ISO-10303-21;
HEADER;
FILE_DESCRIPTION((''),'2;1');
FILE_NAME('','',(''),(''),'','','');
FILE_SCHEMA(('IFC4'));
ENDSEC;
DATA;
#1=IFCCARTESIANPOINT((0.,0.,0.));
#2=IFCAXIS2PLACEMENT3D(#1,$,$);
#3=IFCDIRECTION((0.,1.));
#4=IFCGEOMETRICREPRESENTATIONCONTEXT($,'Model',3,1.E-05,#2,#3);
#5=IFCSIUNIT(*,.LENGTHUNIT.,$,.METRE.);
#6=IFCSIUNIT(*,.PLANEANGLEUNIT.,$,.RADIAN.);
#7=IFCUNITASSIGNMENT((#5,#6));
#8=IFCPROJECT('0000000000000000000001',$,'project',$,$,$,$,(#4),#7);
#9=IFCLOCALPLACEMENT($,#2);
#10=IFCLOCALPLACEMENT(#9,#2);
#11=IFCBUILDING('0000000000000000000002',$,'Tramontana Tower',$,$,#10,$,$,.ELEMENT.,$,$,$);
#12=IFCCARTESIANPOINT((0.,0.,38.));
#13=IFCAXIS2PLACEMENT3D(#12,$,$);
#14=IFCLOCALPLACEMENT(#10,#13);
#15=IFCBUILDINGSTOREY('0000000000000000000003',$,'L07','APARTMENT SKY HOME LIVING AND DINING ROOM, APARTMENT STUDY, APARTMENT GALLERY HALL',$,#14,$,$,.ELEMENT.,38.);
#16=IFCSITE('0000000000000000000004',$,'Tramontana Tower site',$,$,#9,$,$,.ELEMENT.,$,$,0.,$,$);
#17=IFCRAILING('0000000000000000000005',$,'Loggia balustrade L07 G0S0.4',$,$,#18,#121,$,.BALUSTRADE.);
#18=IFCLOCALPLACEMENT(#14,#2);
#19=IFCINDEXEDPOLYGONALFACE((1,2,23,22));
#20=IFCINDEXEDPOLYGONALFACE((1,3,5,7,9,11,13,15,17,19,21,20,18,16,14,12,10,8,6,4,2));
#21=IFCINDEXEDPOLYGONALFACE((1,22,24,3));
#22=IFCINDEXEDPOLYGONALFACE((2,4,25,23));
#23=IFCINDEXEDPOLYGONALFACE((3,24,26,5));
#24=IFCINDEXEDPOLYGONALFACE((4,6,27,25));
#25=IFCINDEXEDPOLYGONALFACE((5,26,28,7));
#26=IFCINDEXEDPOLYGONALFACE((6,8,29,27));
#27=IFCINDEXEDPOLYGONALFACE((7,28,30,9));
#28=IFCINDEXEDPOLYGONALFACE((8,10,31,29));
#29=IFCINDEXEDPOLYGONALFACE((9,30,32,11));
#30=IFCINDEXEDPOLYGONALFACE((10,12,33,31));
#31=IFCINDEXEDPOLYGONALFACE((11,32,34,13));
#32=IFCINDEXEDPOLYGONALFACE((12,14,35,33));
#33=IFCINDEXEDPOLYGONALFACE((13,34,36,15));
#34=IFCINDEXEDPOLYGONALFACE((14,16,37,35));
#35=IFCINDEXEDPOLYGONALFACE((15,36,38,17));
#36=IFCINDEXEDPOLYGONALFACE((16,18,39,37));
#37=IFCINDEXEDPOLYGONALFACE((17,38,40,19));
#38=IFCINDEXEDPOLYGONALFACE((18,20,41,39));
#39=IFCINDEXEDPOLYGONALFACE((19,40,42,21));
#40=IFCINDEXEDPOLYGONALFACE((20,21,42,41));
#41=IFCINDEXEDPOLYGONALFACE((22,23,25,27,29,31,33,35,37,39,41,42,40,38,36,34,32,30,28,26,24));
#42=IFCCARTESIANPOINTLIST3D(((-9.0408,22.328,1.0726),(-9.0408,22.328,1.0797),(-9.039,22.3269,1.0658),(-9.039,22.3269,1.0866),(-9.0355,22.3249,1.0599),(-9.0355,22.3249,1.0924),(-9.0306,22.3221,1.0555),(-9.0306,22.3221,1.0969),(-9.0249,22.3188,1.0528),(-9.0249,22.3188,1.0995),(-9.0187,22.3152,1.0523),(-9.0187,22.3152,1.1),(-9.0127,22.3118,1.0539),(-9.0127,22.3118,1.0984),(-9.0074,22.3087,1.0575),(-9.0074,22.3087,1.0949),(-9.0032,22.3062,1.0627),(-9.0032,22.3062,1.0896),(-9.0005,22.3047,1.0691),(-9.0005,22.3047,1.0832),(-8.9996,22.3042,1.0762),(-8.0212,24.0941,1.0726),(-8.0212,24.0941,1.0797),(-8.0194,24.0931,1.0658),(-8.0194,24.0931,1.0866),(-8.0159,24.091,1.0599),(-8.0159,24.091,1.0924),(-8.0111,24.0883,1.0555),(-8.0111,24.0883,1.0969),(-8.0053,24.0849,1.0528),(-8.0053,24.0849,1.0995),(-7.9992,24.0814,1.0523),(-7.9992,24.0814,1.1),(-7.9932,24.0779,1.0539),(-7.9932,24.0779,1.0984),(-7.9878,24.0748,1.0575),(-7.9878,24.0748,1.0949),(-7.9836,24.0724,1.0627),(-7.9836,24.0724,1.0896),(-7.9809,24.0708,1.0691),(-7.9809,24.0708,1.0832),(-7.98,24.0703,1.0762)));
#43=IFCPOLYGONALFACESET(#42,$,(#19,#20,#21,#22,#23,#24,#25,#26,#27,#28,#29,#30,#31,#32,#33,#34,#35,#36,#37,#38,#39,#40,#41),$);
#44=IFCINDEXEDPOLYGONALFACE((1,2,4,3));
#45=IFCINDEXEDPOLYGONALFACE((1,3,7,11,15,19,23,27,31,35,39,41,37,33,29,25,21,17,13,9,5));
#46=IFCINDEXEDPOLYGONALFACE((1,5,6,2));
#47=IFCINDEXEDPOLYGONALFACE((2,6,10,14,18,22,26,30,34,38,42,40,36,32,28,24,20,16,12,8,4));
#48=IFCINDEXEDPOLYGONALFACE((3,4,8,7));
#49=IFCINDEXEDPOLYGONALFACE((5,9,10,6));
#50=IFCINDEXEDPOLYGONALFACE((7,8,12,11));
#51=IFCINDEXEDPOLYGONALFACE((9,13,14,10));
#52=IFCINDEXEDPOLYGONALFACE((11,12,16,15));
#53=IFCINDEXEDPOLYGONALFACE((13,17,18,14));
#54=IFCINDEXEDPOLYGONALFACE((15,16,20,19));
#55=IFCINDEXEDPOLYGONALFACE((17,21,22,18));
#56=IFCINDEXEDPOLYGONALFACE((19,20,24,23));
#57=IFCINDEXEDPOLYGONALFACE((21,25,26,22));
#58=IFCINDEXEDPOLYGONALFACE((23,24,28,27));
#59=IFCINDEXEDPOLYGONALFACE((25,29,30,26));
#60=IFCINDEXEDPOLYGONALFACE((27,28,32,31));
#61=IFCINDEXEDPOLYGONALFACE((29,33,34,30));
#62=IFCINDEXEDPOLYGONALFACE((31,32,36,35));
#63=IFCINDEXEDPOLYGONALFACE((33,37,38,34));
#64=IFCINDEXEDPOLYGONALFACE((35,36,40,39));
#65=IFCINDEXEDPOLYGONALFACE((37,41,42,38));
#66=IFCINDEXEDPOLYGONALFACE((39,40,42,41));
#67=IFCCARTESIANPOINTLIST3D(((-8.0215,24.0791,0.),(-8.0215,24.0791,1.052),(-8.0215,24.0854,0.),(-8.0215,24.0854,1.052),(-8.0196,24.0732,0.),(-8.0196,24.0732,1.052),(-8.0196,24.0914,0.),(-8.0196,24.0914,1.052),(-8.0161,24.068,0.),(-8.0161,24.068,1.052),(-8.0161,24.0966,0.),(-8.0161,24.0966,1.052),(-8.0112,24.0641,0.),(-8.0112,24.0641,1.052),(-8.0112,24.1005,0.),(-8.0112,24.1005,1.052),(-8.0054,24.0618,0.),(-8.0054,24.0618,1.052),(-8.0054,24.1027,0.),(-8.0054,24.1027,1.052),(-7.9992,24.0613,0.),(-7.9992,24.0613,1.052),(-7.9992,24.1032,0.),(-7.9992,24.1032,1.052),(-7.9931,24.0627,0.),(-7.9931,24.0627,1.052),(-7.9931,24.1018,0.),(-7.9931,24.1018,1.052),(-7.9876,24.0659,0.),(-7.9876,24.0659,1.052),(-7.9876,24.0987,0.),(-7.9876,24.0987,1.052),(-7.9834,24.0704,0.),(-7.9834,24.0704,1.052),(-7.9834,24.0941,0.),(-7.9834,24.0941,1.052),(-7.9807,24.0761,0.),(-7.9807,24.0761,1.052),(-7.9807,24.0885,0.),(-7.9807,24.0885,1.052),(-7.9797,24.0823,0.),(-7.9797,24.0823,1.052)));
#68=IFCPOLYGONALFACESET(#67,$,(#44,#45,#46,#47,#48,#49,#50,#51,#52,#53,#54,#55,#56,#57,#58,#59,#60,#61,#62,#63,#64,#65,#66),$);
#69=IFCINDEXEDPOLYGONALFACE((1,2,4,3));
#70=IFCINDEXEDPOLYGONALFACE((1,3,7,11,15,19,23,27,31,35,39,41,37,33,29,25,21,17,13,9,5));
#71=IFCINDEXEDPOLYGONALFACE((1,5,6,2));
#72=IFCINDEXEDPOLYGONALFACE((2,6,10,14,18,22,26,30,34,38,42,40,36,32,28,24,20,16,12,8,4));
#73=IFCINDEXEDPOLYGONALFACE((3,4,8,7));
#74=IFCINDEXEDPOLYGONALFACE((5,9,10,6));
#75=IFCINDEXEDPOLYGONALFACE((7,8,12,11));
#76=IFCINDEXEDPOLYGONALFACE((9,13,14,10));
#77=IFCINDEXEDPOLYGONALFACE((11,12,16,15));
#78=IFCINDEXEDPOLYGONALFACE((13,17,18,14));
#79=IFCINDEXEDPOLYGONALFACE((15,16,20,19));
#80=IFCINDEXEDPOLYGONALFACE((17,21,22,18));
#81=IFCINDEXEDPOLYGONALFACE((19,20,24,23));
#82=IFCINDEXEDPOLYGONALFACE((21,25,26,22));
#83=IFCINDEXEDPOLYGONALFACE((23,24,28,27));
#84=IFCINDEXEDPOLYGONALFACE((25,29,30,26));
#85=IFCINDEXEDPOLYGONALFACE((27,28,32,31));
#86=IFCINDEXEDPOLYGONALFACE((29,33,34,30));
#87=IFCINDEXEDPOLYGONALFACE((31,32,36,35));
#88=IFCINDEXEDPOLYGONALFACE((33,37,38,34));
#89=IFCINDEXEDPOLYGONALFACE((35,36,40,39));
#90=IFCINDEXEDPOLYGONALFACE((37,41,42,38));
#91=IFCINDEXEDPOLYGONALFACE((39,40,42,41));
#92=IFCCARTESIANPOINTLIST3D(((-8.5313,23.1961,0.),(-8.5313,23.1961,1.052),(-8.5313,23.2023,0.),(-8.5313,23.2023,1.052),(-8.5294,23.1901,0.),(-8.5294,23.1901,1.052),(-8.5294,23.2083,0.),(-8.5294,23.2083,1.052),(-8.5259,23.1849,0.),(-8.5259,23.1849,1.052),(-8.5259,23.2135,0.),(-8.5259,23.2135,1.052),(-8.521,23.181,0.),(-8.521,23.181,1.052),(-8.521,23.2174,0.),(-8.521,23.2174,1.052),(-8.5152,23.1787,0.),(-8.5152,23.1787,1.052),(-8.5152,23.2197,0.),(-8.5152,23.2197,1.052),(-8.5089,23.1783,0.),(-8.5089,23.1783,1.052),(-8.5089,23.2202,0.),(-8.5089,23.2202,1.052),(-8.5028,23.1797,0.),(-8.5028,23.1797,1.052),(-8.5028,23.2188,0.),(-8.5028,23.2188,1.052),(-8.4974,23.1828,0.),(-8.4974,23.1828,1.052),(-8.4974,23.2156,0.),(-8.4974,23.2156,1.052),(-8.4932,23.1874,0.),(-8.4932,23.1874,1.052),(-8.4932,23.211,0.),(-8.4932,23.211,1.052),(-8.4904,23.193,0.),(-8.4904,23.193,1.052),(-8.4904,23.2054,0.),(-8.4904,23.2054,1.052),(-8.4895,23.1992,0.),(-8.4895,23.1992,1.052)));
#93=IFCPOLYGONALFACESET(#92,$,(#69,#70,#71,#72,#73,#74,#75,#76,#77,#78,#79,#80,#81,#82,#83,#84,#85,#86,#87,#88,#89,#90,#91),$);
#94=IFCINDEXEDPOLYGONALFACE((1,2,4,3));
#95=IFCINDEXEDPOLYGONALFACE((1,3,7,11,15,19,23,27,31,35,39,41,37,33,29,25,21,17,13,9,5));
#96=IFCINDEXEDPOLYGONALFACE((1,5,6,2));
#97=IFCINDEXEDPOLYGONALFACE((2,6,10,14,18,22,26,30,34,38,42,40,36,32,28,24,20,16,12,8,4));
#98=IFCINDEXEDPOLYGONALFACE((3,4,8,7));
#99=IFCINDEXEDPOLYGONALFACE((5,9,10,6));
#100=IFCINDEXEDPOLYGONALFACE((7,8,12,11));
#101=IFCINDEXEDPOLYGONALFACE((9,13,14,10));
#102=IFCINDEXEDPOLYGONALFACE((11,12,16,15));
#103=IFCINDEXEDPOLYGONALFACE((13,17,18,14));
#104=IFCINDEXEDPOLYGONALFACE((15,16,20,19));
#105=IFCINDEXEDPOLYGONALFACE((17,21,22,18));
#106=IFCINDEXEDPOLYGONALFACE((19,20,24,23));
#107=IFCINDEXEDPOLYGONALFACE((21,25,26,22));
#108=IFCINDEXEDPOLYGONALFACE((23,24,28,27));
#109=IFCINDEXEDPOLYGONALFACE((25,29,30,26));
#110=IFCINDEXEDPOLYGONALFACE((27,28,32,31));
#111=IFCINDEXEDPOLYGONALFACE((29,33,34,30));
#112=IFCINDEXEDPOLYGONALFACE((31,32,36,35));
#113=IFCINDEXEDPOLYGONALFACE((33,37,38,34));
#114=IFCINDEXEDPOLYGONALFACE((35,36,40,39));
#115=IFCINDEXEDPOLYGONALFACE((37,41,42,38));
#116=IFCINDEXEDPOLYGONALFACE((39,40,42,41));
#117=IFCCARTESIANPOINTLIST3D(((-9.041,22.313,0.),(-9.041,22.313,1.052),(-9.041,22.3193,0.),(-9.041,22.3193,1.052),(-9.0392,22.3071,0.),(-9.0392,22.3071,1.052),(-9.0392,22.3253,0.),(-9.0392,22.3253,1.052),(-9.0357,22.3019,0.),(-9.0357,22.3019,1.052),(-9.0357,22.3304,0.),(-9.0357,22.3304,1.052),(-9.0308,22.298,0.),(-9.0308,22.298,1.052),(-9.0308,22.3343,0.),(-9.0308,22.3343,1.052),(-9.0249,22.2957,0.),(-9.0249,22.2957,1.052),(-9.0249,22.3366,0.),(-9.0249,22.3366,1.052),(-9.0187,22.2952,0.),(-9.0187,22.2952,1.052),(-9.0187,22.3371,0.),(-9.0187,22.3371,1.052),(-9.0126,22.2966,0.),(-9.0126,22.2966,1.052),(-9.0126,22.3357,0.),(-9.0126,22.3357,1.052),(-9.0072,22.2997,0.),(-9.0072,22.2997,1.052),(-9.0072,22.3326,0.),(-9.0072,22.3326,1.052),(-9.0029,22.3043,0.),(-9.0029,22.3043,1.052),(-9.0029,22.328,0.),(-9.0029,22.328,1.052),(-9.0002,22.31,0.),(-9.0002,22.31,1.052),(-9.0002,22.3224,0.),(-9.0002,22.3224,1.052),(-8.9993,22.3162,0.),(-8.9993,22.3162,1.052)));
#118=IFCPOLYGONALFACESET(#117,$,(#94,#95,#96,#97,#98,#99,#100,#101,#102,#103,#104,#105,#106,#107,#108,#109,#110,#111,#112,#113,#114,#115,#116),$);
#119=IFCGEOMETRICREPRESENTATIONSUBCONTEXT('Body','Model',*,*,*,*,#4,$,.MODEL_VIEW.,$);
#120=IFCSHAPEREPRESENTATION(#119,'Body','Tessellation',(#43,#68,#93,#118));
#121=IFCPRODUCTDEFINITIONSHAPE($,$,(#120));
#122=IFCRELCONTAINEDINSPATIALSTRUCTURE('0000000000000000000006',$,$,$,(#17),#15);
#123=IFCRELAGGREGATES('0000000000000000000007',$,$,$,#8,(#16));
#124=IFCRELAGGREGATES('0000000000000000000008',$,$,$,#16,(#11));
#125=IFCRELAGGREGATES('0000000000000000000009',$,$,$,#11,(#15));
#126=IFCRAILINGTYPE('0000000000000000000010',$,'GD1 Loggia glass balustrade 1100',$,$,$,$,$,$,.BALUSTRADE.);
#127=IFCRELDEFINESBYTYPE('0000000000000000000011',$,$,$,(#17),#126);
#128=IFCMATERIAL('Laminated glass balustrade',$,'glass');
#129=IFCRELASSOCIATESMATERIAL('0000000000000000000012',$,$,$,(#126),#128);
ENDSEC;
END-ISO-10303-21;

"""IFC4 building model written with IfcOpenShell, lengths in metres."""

from ifc_helpers import new_model, si_unit, direction, frame, origin, origin_2d, place, context, subcontext, project, spatial, circle, extrude, material, type_object, element, save


model = new_model("IFC4")

# Units and contexts
model_context = context("Model", 3, precision=1e-05, world=origin(), true_north=direction((0.0, 1.0)))
body_context = subcontext(model_context, "Body", "Model", "MODEL_VIEW")
ifc_project = project(units=[si_unit("LENGTHUNIT", "METRE"), si_unit("PLANEANGLEUNIT", "RADIAN")], contexts=[model_context])

# Site, building, storey
site_placement = place(None, origin())
site = spatial("IfcSite", under=ifc_project, at=site_placement, Name="Tramontana Tower site", CompositionType="ELEMENT", RefElevation=0.0)
building_placement = place(site_placement, origin())
building = spatial("IfcBuilding", under=site, at=building_placement, Name="Tramontana Tower", CompositionType="ELEMENT")
storey_placement = place(building_placement, frame((0.0, 0.0, 38.0)))
storey = spatial("IfcBuildingStorey", under=building, at=storey_placement, Name="L07", Description="APARTMENT SKY HOME LIVING AND DINING ROOM, APARTMENT STUDY, APARTMENT GALLERY HALL", CompositionType="ELEMENT", Elevation=38.0)

# Railing
ifc_material_1 = material(Name="Laminated glass balustrade", Category="glass")
railing_type = type_object("IfcRailingType", Name="GD1 Loggia glass balustrade 1100", PredefinedType="BALUSTRADE", material=ifc_material_1)
railing_1_placement = place(storey_placement, frame((-8.0007, 24.0823, 0.0)))
element("IfcRailing", 1, at=railing_1_placement, inside=storey, type_object=railing_type, Name="Loggia balustrade L07 G0S0.4", PredefinedType="BALUSTRADE", context=body_context, shape_type="SweptSolid", body=[
    extrude(circle(Radius=0.0239, at=origin_2d()), frame((0.0, 0.0, 1.0762), z_axis=(-0.49995, -0.866054, 0.0), x_axis=(0.866054, -0.49995, 0.0)), (0.0, 0.0, 1.0), 2.0393),
    extrude(circle(Radius=0.021, at=origin_2d()), origin(), (0.0, 0.0, 1.0), 1.052),
    extrude(circle(Radius=0.021, at=origin_2d()), frame((-0.5098, -0.8831, 0.0)), (0.0, 0.0, 1.0), 1.052),
    extrude(circle(Radius=0.021, at=origin_2d()), frame((-1.0195, -1.7661, 0.0)), (0.0, 0.0, 1.0), 1.052),
])

save(model, "model.ifc")
